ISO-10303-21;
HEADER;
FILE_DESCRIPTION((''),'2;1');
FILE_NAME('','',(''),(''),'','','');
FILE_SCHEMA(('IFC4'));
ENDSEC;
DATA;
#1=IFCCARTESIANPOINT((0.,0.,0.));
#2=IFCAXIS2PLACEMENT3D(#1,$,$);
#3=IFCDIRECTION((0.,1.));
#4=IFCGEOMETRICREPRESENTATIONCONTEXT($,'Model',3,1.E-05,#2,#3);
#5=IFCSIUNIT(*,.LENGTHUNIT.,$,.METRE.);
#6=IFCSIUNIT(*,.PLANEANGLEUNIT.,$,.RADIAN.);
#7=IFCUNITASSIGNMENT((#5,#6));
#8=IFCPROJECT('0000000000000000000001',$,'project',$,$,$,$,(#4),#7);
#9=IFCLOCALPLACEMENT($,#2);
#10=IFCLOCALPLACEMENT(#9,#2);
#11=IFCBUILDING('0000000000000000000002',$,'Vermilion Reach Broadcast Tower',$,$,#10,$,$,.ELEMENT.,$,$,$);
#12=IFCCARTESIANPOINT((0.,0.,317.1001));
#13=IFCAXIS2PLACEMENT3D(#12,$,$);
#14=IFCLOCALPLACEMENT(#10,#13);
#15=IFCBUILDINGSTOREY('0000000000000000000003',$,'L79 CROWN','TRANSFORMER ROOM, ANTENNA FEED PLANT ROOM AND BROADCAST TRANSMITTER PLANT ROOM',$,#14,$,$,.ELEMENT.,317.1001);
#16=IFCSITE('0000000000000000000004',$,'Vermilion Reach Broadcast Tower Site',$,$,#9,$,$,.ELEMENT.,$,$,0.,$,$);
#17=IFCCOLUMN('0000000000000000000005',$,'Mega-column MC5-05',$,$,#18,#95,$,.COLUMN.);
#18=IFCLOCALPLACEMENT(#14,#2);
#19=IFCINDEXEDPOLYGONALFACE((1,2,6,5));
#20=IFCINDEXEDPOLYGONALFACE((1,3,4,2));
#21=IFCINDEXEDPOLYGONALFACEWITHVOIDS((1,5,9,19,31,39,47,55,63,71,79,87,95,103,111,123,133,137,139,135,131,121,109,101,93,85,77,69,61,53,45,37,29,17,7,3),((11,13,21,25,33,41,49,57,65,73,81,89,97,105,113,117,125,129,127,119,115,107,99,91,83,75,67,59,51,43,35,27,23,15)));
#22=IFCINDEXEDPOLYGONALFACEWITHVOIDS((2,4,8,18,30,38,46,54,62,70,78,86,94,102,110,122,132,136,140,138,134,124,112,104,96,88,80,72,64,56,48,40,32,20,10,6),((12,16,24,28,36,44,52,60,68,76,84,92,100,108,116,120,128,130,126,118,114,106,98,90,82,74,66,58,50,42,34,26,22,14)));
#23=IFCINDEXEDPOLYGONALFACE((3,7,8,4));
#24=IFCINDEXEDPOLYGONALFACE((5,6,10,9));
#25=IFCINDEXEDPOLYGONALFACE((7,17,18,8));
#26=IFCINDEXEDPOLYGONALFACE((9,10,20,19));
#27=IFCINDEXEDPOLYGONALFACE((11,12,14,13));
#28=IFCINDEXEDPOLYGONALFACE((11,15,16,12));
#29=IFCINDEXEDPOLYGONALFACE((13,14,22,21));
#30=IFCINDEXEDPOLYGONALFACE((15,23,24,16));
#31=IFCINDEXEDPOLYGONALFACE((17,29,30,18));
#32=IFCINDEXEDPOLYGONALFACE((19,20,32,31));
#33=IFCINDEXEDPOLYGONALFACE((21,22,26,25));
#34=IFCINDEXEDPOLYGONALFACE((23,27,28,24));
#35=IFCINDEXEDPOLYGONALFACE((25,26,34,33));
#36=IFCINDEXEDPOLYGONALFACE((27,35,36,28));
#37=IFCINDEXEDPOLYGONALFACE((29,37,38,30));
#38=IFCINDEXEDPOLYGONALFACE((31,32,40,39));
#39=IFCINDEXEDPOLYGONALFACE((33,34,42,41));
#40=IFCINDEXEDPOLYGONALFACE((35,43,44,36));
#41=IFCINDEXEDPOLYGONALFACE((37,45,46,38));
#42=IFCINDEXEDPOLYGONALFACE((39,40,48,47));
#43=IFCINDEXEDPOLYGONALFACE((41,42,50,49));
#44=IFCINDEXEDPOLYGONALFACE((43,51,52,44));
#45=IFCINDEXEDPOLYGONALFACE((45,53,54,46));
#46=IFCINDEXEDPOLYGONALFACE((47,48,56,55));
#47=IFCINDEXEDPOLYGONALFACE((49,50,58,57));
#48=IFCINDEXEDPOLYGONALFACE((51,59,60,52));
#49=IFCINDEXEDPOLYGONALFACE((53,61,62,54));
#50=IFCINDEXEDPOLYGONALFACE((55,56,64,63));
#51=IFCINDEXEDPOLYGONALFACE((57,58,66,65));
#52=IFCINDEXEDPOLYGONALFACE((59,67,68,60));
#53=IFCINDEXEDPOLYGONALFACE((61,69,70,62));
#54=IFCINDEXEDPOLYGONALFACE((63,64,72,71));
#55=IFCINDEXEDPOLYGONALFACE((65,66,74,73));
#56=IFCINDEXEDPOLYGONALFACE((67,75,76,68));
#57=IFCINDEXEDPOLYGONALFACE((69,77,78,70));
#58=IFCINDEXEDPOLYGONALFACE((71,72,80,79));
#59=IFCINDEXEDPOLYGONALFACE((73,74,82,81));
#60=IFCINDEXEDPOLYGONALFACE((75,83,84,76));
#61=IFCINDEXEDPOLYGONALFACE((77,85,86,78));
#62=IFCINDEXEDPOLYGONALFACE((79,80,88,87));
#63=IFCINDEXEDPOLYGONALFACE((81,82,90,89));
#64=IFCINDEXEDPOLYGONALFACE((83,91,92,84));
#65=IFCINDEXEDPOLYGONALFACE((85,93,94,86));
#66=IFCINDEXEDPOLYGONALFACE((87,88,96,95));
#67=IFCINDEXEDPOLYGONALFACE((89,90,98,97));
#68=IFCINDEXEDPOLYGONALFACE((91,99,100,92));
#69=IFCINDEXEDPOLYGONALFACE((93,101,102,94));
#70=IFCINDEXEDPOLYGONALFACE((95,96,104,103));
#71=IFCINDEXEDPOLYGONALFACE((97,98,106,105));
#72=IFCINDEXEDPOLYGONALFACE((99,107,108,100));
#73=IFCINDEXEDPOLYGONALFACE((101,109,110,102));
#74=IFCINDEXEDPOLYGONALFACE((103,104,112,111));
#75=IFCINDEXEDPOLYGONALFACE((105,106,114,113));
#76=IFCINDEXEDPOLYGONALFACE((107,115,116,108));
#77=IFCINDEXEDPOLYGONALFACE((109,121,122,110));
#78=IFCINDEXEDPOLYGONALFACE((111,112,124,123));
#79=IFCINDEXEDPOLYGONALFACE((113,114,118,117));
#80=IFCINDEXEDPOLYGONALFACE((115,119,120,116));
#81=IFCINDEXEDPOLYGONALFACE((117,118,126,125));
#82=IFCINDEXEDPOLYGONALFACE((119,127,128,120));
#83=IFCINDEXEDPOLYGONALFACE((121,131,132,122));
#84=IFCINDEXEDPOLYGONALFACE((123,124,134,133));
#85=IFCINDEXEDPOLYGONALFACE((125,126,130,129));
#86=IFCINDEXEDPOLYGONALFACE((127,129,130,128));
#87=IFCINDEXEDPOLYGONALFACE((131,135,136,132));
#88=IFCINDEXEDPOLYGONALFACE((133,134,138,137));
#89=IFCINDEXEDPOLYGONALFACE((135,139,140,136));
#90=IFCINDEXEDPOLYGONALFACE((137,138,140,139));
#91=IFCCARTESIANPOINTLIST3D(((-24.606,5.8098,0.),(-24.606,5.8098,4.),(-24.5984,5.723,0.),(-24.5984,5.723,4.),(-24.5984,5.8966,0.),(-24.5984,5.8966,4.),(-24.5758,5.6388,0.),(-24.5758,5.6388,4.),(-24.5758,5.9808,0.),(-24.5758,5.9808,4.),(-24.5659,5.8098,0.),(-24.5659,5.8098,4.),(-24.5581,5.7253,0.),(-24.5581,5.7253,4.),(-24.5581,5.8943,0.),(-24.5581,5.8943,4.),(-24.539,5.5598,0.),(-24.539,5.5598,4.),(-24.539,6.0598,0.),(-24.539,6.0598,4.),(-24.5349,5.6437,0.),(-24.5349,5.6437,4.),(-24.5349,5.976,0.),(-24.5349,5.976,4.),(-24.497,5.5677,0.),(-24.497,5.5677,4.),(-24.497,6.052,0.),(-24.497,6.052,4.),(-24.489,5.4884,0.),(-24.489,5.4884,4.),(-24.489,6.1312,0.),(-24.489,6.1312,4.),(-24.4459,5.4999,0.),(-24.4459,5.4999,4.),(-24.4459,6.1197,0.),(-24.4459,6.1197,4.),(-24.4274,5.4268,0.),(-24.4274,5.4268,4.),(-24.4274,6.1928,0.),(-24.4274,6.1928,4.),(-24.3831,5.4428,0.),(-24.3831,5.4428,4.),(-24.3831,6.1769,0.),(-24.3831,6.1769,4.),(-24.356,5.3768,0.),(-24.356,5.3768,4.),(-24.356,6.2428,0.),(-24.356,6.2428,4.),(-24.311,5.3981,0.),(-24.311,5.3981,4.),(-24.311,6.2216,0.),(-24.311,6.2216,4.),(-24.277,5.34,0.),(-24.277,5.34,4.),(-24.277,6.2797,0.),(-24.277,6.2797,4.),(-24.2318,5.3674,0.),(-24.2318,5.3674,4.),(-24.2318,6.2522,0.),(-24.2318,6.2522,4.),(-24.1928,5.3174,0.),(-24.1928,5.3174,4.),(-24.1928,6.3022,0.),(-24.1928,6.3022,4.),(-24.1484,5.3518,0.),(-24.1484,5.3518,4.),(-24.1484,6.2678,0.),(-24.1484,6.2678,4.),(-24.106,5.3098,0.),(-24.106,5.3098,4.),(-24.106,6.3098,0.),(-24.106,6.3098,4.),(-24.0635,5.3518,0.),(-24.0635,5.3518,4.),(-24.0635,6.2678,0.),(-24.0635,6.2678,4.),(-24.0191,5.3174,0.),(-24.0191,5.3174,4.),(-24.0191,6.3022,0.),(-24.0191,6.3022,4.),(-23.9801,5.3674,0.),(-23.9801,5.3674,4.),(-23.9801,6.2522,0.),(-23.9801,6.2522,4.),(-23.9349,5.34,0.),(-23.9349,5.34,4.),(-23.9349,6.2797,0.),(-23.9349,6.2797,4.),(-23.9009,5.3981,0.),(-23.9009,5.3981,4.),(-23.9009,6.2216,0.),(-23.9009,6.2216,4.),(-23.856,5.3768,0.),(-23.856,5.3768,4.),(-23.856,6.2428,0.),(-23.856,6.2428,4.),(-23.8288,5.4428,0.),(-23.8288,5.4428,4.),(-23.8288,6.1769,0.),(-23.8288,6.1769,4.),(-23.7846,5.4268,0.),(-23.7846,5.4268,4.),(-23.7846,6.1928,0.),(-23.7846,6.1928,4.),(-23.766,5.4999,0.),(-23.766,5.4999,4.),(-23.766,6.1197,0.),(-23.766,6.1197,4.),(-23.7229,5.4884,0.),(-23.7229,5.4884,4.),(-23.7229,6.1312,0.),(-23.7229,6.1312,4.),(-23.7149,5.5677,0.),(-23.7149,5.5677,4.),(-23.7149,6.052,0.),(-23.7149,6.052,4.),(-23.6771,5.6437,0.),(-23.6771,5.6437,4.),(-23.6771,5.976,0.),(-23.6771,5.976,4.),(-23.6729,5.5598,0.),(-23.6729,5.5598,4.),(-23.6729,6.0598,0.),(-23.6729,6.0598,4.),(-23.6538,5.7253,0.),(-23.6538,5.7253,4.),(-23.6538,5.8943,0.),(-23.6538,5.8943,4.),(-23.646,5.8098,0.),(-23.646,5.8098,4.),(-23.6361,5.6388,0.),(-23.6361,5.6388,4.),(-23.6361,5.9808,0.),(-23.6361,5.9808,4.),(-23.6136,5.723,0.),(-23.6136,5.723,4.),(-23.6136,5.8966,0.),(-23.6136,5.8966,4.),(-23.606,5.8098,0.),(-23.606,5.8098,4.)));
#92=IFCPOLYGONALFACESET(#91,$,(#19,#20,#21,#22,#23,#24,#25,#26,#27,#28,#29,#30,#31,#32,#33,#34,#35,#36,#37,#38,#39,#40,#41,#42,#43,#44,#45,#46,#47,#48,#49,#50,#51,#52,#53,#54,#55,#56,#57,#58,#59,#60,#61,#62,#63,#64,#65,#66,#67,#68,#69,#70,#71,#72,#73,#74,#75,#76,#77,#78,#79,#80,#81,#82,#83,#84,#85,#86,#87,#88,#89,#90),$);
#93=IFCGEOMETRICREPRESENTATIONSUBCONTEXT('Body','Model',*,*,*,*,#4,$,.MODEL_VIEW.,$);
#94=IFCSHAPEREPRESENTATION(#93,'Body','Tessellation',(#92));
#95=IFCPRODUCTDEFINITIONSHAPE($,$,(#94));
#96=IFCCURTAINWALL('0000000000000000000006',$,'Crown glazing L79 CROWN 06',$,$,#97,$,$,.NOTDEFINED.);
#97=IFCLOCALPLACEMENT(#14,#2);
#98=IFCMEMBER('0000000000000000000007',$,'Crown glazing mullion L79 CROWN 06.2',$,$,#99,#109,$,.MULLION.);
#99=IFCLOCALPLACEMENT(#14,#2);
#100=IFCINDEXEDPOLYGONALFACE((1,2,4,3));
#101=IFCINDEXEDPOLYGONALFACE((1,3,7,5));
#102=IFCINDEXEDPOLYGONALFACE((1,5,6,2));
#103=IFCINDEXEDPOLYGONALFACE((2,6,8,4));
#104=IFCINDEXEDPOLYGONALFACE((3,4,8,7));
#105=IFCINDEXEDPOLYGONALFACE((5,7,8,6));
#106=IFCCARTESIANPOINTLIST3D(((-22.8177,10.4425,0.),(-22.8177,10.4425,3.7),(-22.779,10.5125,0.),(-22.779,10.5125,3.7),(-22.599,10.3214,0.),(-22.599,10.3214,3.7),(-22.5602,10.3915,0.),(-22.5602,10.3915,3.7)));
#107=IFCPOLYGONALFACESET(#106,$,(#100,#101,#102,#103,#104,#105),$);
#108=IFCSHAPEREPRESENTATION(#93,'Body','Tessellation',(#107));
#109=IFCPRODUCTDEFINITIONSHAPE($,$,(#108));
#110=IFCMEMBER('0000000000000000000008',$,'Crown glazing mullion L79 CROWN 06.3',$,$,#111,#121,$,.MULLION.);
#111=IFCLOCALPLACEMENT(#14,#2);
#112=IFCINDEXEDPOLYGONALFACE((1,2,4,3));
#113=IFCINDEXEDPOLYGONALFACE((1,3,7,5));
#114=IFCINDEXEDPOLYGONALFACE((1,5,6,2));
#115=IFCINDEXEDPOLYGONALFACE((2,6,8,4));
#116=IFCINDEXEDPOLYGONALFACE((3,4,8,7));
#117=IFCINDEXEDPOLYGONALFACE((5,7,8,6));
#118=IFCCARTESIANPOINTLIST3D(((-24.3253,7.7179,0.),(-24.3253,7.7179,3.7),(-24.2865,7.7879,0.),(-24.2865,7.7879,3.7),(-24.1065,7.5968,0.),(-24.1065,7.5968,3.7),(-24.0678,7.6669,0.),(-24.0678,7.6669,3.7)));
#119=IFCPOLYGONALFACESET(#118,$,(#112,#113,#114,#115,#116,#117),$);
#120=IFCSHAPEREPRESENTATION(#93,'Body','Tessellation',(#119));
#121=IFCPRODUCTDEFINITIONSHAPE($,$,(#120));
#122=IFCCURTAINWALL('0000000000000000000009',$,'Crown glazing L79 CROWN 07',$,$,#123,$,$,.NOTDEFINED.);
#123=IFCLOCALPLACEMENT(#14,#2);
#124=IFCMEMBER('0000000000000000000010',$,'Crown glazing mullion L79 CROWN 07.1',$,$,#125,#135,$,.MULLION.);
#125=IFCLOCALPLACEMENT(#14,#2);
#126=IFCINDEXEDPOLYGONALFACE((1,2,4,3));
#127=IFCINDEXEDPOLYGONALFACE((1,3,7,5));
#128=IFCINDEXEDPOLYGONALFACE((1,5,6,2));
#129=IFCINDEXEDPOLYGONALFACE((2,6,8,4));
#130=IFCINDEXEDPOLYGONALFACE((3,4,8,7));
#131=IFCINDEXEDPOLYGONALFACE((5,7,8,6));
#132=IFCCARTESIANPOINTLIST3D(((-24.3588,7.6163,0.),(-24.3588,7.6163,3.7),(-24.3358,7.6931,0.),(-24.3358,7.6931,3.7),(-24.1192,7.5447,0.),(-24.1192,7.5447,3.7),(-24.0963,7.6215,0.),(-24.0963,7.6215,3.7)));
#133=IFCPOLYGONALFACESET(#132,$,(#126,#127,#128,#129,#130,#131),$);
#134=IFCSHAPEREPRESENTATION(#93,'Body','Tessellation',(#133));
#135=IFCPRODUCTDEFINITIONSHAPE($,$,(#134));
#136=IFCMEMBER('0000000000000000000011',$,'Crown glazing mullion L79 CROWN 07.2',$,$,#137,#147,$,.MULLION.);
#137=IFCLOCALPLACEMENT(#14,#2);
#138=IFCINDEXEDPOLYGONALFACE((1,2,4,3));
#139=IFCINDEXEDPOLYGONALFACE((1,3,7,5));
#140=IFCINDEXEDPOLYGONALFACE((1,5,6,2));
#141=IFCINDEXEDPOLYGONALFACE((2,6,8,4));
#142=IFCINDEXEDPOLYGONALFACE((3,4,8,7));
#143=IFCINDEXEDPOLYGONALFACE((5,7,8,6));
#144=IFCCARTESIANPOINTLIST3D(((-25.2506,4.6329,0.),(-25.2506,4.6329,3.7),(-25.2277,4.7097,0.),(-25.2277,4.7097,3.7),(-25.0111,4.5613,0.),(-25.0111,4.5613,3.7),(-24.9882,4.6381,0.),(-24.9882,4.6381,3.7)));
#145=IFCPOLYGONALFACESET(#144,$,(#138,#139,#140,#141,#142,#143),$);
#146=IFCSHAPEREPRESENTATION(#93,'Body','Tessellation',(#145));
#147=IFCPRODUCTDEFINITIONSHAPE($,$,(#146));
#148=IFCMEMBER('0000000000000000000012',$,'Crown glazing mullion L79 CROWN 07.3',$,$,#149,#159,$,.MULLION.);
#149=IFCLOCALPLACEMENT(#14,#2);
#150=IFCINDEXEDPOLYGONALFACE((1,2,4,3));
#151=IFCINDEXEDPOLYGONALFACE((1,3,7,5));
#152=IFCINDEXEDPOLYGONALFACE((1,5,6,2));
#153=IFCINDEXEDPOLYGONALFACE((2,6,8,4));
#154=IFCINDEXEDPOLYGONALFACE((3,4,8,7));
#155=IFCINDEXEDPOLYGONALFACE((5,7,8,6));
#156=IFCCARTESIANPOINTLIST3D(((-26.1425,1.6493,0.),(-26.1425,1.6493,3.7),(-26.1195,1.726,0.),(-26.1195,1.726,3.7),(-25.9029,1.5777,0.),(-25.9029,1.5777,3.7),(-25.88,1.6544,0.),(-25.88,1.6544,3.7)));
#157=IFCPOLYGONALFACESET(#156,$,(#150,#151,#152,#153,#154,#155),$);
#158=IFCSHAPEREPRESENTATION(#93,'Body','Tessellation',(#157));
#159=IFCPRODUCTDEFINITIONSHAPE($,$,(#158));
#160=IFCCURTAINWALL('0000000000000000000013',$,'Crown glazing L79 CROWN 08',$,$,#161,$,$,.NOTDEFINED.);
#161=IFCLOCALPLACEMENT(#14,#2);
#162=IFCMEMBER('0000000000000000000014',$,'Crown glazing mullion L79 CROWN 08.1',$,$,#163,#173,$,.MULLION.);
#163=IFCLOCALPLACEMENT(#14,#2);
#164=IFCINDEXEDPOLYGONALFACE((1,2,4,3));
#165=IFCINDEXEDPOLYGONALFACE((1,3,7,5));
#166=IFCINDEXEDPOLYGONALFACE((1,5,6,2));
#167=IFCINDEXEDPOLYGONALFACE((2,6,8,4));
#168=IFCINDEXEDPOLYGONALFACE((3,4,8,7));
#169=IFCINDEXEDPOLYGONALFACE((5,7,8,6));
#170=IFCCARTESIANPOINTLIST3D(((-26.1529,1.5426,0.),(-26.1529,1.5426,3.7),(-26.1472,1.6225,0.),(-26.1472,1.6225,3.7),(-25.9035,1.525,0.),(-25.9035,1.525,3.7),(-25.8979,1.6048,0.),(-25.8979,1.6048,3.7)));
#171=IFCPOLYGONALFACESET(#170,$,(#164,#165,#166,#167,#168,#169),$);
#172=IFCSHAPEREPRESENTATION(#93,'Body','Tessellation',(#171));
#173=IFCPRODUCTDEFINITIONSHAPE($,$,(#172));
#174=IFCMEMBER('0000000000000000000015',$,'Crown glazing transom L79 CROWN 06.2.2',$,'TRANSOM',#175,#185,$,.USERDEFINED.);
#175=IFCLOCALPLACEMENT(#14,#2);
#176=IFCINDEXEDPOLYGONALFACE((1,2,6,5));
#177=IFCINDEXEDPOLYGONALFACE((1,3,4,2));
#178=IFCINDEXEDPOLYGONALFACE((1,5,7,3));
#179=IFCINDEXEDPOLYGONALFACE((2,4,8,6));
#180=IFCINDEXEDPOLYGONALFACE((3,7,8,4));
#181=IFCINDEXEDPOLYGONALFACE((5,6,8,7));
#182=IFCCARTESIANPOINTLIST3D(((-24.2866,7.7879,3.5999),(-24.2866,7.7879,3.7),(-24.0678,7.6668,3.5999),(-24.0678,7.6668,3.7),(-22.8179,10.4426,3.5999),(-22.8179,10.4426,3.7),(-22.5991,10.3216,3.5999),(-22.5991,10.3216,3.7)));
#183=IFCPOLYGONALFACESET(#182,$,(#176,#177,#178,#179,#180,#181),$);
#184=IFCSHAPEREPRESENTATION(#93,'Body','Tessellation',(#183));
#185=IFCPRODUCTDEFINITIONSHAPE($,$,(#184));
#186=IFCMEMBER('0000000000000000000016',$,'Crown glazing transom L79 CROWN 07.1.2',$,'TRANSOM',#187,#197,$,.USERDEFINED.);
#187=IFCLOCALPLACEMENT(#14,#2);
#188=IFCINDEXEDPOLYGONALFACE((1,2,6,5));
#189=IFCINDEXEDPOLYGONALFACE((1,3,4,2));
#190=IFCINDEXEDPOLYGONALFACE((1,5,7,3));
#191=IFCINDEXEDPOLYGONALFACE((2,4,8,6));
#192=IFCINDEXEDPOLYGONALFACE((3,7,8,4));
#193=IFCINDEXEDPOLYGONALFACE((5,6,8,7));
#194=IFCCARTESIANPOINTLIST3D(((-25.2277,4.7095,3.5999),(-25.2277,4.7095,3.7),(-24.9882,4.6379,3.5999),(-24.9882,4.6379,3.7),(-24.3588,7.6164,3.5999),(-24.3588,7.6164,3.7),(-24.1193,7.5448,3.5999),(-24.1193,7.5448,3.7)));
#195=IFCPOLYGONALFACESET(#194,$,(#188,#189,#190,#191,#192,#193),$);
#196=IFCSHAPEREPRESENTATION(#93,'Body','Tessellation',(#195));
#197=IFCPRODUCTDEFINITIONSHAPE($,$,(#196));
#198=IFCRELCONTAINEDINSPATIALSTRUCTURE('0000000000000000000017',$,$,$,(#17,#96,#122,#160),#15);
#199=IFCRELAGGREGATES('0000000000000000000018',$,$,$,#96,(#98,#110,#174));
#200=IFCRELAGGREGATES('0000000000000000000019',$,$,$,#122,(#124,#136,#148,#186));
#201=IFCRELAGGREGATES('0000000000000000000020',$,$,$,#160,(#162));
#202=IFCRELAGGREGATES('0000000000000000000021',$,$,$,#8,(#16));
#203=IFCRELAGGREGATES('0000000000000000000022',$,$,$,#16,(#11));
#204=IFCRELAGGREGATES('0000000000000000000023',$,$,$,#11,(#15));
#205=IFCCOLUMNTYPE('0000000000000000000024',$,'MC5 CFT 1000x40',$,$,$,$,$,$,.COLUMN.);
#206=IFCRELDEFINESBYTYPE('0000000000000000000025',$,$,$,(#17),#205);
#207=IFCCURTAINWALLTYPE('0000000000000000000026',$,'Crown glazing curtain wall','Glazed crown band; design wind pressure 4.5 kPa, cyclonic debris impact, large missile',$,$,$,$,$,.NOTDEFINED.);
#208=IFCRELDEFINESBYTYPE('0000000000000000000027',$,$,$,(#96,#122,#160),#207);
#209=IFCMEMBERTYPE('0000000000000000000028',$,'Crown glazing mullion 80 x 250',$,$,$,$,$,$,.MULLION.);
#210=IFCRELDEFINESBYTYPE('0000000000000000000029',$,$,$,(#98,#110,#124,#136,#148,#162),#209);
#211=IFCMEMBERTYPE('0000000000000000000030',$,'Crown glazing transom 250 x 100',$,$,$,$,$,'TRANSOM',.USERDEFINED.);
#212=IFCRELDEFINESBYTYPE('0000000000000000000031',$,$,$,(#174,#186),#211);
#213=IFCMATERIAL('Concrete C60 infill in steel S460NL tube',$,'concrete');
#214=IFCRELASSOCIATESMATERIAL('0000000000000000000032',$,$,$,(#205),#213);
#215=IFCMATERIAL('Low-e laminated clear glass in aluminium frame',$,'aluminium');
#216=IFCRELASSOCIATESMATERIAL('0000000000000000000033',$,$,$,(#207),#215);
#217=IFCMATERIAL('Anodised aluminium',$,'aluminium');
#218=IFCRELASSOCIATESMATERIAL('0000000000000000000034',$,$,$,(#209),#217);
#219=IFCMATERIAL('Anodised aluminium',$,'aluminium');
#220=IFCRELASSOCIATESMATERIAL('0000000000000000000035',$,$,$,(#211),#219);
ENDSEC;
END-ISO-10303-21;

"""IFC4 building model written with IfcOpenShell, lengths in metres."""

from ifc_helpers import new_model, si_unit, direction, frame, origin, origin_2d, place, context, subcontext, project, spatial, rectangle, hollow_circle, extrude, material, material_profile, profile_set, type_object, element, aggregate, save


model = new_model("IFC4")

# Units and contexts
model_context = context("Model", 3, precision=1e-05, world=origin(), true_north=direction((0.0, 1.0)))
body_context = subcontext(model_context, "Body", "Model", "MODEL_VIEW")
ifc_project = project(units=[si_unit("LENGTHUNIT", "METRE"), si_unit("PLANEANGLEUNIT", "RADIAN")], contexts=[model_context])

# Site, building, storey
site_placement = place(None, origin())
site = spatial("IfcSite", under=ifc_project, at=site_placement, Name="Vermilion Reach Broadcast Tower Site", CompositionType="ELEMENT", RefElevation=0.0)
building_placement = place(site_placement, origin())
building = spatial("IfcBuilding", under=site, at=building_placement, Name="Vermilion Reach Broadcast Tower", CompositionType="ELEMENT")
storey_placement = place(building_placement, frame((0.0, 0.0, 317.1001)))
storey = spatial("IfcBuildingStorey", under=building, at=storey_placement, Name="L79 CROWN", Description="TRANSFORMER ROOM, ANTENNA FEED PLANT ROOM AND BROADCAST TRANSMITTER PLANT ROOM", CompositionType="ELEMENT", Elevation=317.1001)

# Column
ifc_material_1 = material(Name="Concrete C60 infill in steel S460NL tube", Category="concrete")
ifc_material_profile_1 = material_profile(ifc_material_1, hollow_circle(Radius=0.5, WallThickness=0.04, at=origin_2d()), Name="Concrete C60 infill in steel S460NL tube CFT 1000x40")
ifc_profile_set_1 = profile_set([ifc_material_profile_1], Name="Concrete C60 infill in steel S460NL tube")
column_type = type_object("IfcColumnType", Name="MC5 CFT 1000x40", PredefinedType="COLUMN", material=ifc_profile_set_1)
column_placement = place(storey_placement, frame((-24.106, 5.8098, 0.0), z_axis=(0.0, 0.0, 1.0), x_axis=(1.0, 0.0, 0.0)))
element("IfcColumn", 1, at=column_placement, inside=storey, type_object=column_type, Name="Mega-column MC5-05", PredefinedType="COLUMN", context=body_context, shape_type="SweptSolid", body=[
    extrude(hollow_circle(Radius=0.5, WallThickness=0.04, at=origin_2d()), origin(), (0.0, 0.0, 1.0), 4.0),
])

# Curtain walls, members
ifc_material_2 = material(Name="Low-e laminated clear glass in aluminium frame", Category="aluminium")
curtain_wall_type = type_object("IfcCurtainWallType", Name="Crown glazing curtain wall", Description="Glazed crown band; design wind pressure 4.5 kPa, cyclonic debris impact, large missile", PredefinedType="NOTDEFINED", material=ifc_material_2)
placement = place(storey_placement, origin())
curtain_wall_1 = element("IfcCurtainWall", 2, at=placement, inside=storey, type_object=curtain_wall_type, Name="Crown glazing L79 CROWN 06", PredefinedType="NOTDEFINED")
ifc_material_3 = material(Name="Anodised aluminium", Category="aluminium")
ifc_material_profile_2 = material_profile(ifc_material_3, rectangle(XDim=0.25, YDim=0.0801, at=origin_2d()), Name="Crown glazing mullion 80 x 250")
ifc_profile_set_2 = profile_set([ifc_material_profile_2], Name="Anodised aluminium")
member_type_1 = type_object("IfcMemberType", Name="Crown glazing mullion 80 x 250", PredefinedType="MULLION", material=ifc_profile_set_2)
member_1_placement = place(storey_placement, frame((-22.689, 10.417, 0.0), z_axis=(0.0, 0.0, 1.0), x_axis=(0.874983, -0.484153, 0.0)))
member_1 = element("IfcMember", 3, at=member_1_placement, type_object=member_type_1, Name="Crown glazing mullion L79 CROWN 06.2", PredefinedType="MULLION", context=body_context, shape_type="SweptSolid", body=[
    extrude(rectangle(XDim=0.25, YDim=0.0801, at=origin_2d()), origin(), (0.0, 0.0, 1.0), 3.7),
])
member_2_placement = place(storey_placement, frame((-24.1965, 7.6924, 0.0), z_axis=(0.0, 0.0, 1.0), x_axis=(0.874983, -0.484153, 0.0)))
member_2 = element("IfcMember", 4, at=member_2_placement, type_object=member_type_1, Name="Crown glazing mullion L79 CROWN 06.3", PredefinedType="MULLION", context=body_context, shape_type="SweptSolid", body=[
    extrude(rectangle(XDim=0.25, YDim=0.0801, at=origin_2d()), origin(), (0.0, 0.0, 1.0), 3.7),
])
curtain_wall_2 = element("IfcCurtainWall", 5, at=placement, inside=storey, type_object=curtain_wall_type, Name="Crown glazing L79 CROWN 07", PredefinedType="NOTDEFINED")
member_3_placement = place(storey_placement, frame((-24.2275, 7.6189, 0.0), z_axis=(0.0, 0.0, 1.0), x_axis=(0.958108, -0.286407, 0.0)))
member_3 = element("IfcMember", 6, at=member_3_placement, type_object=member_type_1, Name="Crown glazing mullion L79 CROWN 07.1", PredefinedType="MULLION", context=body_context, shape_type="SweptSolid", body=[
    extrude(rectangle(XDim=0.25, YDim=0.0801, at=origin_2d()), origin(), (0.0, 0.0, 1.0), 3.7),
])
member_4_placement = place(storey_placement, frame((-25.1194, 4.6355, 0.0), z_axis=(0.0, 0.0, 1.0), x_axis=(0.958108, -0.286407, 0.0)))
member_4 = element("IfcMember", 7, at=member_4_placement, type_object=member_type_1, Name="Crown glazing mullion L79 CROWN 07.2", PredefinedType="MULLION", context=body_context, shape_type="SweptSolid", body=[
    extrude(rectangle(XDim=0.25, YDim=0.0801, at=origin_2d()), origin(), (0.0, 0.0, 1.0), 3.7),
])
member_5_placement = place(storey_placement, frame((-26.0112, 1.6519, 0.0), z_axis=(0.0, 0.0, 1.0), x_axis=(0.958108, -0.286407, 0.0)))
member_5 = element("IfcMember", 8, at=member_5_placement, type_object=member_type_1, Name="Crown glazing mullion L79 CROWN 07.3", PredefinedType="MULLION", context=body_context, shape_type="SweptSolid", body=[
    extrude(rectangle(XDim=0.25, YDim=0.0801, at=origin_2d()), origin(), (0.0, 0.0, 1.0), 3.7),
])

# Curtain wall, member
curtain_wall_3 = element("IfcCurtainWall", 9, at=placement, inside=storey, type_object=curtain_wall_type, Name="Crown glazing L79 CROWN 08", PredefinedType="NOTDEFINED")
member_6_placement = place(storey_placement, frame((-26.0254, 1.5737, 0.0), z_axis=(0.0, 0.0, 1.0), x_axis=(0.9975, -0.070673, 0.0)))
member_6 = element("IfcMember", 10, at=member_6_placement, type_object=member_type_1, Name="Crown glazing mullion L79 CROWN 08.1", PredefinedType="MULLION", context=body_context, shape_type="SweptSolid", body=[
    extrude(rectangle(XDim=0.25, YDim=0.0801, at=origin_2d()), origin(), (0.0, 0.0, 1.0), 3.7),
])

# Members
ifc_material_4 = material(Name="Anodised aluminium", Category="aluminium")
ifc_material_profile_3 = material_profile(ifc_material_4, rectangle(XDim=0.25, YDim=0.1001, at=origin_2d()), Name="Crown glazing transom 250 x 100")
ifc_profile_set_3 = profile_set([ifc_material_profile_3], Name="Anodised aluminium")
member_type_2 = type_object("IfcMemberType", Name="Crown glazing transom 250 x 100", ElementType="TRANSOM", PredefinedType="USERDEFINED", material=ifc_profile_set_3)
member_7_placement = place(storey_placement, frame((-22.7085, 10.3821, 3.6499), z_axis=(-0.484098, -0.875014, 0.0), x_axis=(0.875014, -0.484098, 0.0)))
member_7 = element("IfcMember", 11, at=member_7_placement, type_object=member_type_2, Name="Crown glazing transom L79 CROWN 06.2.2", ObjectType="TRANSOM", PredefinedType="USERDEFINED", context=body_context, shape_type="SweptSolid", body=[
    extrude(rectangle(XDim=0.25, YDim=0.1001, at=origin_2d()), origin(), (0.0, 0.0, 1.0), 3.0339),
])
member_8_placement = place(storey_placement, frame((-24.239, 7.5806, 3.6499), z_axis=(-0.286403, -0.958109, 0.0), x_axis=(0.958109, -0.286403, 0.0)))
member_8 = element("IfcMember", 12, at=member_8_placement, type_object=member_type_2, Name="Crown glazing transom L79 CROWN 07.1.2", ObjectType="TRANSOM", PredefinedType="USERDEFINED", context=body_context, shape_type="SweptSolid", body=[
    extrude(rectangle(XDim=0.25, YDim=0.1001, at=origin_2d()), origin(), (0.0, 0.0, 1.0), 3.0339),
])

aggregate(curtain_wall_1, [member_1, member_2, member_7])
aggregate(curtain_wall_2, [member_3, member_4, member_5, member_8])
aggregate(curtain_wall_3, [member_6])

save(model, "model.ifc")
